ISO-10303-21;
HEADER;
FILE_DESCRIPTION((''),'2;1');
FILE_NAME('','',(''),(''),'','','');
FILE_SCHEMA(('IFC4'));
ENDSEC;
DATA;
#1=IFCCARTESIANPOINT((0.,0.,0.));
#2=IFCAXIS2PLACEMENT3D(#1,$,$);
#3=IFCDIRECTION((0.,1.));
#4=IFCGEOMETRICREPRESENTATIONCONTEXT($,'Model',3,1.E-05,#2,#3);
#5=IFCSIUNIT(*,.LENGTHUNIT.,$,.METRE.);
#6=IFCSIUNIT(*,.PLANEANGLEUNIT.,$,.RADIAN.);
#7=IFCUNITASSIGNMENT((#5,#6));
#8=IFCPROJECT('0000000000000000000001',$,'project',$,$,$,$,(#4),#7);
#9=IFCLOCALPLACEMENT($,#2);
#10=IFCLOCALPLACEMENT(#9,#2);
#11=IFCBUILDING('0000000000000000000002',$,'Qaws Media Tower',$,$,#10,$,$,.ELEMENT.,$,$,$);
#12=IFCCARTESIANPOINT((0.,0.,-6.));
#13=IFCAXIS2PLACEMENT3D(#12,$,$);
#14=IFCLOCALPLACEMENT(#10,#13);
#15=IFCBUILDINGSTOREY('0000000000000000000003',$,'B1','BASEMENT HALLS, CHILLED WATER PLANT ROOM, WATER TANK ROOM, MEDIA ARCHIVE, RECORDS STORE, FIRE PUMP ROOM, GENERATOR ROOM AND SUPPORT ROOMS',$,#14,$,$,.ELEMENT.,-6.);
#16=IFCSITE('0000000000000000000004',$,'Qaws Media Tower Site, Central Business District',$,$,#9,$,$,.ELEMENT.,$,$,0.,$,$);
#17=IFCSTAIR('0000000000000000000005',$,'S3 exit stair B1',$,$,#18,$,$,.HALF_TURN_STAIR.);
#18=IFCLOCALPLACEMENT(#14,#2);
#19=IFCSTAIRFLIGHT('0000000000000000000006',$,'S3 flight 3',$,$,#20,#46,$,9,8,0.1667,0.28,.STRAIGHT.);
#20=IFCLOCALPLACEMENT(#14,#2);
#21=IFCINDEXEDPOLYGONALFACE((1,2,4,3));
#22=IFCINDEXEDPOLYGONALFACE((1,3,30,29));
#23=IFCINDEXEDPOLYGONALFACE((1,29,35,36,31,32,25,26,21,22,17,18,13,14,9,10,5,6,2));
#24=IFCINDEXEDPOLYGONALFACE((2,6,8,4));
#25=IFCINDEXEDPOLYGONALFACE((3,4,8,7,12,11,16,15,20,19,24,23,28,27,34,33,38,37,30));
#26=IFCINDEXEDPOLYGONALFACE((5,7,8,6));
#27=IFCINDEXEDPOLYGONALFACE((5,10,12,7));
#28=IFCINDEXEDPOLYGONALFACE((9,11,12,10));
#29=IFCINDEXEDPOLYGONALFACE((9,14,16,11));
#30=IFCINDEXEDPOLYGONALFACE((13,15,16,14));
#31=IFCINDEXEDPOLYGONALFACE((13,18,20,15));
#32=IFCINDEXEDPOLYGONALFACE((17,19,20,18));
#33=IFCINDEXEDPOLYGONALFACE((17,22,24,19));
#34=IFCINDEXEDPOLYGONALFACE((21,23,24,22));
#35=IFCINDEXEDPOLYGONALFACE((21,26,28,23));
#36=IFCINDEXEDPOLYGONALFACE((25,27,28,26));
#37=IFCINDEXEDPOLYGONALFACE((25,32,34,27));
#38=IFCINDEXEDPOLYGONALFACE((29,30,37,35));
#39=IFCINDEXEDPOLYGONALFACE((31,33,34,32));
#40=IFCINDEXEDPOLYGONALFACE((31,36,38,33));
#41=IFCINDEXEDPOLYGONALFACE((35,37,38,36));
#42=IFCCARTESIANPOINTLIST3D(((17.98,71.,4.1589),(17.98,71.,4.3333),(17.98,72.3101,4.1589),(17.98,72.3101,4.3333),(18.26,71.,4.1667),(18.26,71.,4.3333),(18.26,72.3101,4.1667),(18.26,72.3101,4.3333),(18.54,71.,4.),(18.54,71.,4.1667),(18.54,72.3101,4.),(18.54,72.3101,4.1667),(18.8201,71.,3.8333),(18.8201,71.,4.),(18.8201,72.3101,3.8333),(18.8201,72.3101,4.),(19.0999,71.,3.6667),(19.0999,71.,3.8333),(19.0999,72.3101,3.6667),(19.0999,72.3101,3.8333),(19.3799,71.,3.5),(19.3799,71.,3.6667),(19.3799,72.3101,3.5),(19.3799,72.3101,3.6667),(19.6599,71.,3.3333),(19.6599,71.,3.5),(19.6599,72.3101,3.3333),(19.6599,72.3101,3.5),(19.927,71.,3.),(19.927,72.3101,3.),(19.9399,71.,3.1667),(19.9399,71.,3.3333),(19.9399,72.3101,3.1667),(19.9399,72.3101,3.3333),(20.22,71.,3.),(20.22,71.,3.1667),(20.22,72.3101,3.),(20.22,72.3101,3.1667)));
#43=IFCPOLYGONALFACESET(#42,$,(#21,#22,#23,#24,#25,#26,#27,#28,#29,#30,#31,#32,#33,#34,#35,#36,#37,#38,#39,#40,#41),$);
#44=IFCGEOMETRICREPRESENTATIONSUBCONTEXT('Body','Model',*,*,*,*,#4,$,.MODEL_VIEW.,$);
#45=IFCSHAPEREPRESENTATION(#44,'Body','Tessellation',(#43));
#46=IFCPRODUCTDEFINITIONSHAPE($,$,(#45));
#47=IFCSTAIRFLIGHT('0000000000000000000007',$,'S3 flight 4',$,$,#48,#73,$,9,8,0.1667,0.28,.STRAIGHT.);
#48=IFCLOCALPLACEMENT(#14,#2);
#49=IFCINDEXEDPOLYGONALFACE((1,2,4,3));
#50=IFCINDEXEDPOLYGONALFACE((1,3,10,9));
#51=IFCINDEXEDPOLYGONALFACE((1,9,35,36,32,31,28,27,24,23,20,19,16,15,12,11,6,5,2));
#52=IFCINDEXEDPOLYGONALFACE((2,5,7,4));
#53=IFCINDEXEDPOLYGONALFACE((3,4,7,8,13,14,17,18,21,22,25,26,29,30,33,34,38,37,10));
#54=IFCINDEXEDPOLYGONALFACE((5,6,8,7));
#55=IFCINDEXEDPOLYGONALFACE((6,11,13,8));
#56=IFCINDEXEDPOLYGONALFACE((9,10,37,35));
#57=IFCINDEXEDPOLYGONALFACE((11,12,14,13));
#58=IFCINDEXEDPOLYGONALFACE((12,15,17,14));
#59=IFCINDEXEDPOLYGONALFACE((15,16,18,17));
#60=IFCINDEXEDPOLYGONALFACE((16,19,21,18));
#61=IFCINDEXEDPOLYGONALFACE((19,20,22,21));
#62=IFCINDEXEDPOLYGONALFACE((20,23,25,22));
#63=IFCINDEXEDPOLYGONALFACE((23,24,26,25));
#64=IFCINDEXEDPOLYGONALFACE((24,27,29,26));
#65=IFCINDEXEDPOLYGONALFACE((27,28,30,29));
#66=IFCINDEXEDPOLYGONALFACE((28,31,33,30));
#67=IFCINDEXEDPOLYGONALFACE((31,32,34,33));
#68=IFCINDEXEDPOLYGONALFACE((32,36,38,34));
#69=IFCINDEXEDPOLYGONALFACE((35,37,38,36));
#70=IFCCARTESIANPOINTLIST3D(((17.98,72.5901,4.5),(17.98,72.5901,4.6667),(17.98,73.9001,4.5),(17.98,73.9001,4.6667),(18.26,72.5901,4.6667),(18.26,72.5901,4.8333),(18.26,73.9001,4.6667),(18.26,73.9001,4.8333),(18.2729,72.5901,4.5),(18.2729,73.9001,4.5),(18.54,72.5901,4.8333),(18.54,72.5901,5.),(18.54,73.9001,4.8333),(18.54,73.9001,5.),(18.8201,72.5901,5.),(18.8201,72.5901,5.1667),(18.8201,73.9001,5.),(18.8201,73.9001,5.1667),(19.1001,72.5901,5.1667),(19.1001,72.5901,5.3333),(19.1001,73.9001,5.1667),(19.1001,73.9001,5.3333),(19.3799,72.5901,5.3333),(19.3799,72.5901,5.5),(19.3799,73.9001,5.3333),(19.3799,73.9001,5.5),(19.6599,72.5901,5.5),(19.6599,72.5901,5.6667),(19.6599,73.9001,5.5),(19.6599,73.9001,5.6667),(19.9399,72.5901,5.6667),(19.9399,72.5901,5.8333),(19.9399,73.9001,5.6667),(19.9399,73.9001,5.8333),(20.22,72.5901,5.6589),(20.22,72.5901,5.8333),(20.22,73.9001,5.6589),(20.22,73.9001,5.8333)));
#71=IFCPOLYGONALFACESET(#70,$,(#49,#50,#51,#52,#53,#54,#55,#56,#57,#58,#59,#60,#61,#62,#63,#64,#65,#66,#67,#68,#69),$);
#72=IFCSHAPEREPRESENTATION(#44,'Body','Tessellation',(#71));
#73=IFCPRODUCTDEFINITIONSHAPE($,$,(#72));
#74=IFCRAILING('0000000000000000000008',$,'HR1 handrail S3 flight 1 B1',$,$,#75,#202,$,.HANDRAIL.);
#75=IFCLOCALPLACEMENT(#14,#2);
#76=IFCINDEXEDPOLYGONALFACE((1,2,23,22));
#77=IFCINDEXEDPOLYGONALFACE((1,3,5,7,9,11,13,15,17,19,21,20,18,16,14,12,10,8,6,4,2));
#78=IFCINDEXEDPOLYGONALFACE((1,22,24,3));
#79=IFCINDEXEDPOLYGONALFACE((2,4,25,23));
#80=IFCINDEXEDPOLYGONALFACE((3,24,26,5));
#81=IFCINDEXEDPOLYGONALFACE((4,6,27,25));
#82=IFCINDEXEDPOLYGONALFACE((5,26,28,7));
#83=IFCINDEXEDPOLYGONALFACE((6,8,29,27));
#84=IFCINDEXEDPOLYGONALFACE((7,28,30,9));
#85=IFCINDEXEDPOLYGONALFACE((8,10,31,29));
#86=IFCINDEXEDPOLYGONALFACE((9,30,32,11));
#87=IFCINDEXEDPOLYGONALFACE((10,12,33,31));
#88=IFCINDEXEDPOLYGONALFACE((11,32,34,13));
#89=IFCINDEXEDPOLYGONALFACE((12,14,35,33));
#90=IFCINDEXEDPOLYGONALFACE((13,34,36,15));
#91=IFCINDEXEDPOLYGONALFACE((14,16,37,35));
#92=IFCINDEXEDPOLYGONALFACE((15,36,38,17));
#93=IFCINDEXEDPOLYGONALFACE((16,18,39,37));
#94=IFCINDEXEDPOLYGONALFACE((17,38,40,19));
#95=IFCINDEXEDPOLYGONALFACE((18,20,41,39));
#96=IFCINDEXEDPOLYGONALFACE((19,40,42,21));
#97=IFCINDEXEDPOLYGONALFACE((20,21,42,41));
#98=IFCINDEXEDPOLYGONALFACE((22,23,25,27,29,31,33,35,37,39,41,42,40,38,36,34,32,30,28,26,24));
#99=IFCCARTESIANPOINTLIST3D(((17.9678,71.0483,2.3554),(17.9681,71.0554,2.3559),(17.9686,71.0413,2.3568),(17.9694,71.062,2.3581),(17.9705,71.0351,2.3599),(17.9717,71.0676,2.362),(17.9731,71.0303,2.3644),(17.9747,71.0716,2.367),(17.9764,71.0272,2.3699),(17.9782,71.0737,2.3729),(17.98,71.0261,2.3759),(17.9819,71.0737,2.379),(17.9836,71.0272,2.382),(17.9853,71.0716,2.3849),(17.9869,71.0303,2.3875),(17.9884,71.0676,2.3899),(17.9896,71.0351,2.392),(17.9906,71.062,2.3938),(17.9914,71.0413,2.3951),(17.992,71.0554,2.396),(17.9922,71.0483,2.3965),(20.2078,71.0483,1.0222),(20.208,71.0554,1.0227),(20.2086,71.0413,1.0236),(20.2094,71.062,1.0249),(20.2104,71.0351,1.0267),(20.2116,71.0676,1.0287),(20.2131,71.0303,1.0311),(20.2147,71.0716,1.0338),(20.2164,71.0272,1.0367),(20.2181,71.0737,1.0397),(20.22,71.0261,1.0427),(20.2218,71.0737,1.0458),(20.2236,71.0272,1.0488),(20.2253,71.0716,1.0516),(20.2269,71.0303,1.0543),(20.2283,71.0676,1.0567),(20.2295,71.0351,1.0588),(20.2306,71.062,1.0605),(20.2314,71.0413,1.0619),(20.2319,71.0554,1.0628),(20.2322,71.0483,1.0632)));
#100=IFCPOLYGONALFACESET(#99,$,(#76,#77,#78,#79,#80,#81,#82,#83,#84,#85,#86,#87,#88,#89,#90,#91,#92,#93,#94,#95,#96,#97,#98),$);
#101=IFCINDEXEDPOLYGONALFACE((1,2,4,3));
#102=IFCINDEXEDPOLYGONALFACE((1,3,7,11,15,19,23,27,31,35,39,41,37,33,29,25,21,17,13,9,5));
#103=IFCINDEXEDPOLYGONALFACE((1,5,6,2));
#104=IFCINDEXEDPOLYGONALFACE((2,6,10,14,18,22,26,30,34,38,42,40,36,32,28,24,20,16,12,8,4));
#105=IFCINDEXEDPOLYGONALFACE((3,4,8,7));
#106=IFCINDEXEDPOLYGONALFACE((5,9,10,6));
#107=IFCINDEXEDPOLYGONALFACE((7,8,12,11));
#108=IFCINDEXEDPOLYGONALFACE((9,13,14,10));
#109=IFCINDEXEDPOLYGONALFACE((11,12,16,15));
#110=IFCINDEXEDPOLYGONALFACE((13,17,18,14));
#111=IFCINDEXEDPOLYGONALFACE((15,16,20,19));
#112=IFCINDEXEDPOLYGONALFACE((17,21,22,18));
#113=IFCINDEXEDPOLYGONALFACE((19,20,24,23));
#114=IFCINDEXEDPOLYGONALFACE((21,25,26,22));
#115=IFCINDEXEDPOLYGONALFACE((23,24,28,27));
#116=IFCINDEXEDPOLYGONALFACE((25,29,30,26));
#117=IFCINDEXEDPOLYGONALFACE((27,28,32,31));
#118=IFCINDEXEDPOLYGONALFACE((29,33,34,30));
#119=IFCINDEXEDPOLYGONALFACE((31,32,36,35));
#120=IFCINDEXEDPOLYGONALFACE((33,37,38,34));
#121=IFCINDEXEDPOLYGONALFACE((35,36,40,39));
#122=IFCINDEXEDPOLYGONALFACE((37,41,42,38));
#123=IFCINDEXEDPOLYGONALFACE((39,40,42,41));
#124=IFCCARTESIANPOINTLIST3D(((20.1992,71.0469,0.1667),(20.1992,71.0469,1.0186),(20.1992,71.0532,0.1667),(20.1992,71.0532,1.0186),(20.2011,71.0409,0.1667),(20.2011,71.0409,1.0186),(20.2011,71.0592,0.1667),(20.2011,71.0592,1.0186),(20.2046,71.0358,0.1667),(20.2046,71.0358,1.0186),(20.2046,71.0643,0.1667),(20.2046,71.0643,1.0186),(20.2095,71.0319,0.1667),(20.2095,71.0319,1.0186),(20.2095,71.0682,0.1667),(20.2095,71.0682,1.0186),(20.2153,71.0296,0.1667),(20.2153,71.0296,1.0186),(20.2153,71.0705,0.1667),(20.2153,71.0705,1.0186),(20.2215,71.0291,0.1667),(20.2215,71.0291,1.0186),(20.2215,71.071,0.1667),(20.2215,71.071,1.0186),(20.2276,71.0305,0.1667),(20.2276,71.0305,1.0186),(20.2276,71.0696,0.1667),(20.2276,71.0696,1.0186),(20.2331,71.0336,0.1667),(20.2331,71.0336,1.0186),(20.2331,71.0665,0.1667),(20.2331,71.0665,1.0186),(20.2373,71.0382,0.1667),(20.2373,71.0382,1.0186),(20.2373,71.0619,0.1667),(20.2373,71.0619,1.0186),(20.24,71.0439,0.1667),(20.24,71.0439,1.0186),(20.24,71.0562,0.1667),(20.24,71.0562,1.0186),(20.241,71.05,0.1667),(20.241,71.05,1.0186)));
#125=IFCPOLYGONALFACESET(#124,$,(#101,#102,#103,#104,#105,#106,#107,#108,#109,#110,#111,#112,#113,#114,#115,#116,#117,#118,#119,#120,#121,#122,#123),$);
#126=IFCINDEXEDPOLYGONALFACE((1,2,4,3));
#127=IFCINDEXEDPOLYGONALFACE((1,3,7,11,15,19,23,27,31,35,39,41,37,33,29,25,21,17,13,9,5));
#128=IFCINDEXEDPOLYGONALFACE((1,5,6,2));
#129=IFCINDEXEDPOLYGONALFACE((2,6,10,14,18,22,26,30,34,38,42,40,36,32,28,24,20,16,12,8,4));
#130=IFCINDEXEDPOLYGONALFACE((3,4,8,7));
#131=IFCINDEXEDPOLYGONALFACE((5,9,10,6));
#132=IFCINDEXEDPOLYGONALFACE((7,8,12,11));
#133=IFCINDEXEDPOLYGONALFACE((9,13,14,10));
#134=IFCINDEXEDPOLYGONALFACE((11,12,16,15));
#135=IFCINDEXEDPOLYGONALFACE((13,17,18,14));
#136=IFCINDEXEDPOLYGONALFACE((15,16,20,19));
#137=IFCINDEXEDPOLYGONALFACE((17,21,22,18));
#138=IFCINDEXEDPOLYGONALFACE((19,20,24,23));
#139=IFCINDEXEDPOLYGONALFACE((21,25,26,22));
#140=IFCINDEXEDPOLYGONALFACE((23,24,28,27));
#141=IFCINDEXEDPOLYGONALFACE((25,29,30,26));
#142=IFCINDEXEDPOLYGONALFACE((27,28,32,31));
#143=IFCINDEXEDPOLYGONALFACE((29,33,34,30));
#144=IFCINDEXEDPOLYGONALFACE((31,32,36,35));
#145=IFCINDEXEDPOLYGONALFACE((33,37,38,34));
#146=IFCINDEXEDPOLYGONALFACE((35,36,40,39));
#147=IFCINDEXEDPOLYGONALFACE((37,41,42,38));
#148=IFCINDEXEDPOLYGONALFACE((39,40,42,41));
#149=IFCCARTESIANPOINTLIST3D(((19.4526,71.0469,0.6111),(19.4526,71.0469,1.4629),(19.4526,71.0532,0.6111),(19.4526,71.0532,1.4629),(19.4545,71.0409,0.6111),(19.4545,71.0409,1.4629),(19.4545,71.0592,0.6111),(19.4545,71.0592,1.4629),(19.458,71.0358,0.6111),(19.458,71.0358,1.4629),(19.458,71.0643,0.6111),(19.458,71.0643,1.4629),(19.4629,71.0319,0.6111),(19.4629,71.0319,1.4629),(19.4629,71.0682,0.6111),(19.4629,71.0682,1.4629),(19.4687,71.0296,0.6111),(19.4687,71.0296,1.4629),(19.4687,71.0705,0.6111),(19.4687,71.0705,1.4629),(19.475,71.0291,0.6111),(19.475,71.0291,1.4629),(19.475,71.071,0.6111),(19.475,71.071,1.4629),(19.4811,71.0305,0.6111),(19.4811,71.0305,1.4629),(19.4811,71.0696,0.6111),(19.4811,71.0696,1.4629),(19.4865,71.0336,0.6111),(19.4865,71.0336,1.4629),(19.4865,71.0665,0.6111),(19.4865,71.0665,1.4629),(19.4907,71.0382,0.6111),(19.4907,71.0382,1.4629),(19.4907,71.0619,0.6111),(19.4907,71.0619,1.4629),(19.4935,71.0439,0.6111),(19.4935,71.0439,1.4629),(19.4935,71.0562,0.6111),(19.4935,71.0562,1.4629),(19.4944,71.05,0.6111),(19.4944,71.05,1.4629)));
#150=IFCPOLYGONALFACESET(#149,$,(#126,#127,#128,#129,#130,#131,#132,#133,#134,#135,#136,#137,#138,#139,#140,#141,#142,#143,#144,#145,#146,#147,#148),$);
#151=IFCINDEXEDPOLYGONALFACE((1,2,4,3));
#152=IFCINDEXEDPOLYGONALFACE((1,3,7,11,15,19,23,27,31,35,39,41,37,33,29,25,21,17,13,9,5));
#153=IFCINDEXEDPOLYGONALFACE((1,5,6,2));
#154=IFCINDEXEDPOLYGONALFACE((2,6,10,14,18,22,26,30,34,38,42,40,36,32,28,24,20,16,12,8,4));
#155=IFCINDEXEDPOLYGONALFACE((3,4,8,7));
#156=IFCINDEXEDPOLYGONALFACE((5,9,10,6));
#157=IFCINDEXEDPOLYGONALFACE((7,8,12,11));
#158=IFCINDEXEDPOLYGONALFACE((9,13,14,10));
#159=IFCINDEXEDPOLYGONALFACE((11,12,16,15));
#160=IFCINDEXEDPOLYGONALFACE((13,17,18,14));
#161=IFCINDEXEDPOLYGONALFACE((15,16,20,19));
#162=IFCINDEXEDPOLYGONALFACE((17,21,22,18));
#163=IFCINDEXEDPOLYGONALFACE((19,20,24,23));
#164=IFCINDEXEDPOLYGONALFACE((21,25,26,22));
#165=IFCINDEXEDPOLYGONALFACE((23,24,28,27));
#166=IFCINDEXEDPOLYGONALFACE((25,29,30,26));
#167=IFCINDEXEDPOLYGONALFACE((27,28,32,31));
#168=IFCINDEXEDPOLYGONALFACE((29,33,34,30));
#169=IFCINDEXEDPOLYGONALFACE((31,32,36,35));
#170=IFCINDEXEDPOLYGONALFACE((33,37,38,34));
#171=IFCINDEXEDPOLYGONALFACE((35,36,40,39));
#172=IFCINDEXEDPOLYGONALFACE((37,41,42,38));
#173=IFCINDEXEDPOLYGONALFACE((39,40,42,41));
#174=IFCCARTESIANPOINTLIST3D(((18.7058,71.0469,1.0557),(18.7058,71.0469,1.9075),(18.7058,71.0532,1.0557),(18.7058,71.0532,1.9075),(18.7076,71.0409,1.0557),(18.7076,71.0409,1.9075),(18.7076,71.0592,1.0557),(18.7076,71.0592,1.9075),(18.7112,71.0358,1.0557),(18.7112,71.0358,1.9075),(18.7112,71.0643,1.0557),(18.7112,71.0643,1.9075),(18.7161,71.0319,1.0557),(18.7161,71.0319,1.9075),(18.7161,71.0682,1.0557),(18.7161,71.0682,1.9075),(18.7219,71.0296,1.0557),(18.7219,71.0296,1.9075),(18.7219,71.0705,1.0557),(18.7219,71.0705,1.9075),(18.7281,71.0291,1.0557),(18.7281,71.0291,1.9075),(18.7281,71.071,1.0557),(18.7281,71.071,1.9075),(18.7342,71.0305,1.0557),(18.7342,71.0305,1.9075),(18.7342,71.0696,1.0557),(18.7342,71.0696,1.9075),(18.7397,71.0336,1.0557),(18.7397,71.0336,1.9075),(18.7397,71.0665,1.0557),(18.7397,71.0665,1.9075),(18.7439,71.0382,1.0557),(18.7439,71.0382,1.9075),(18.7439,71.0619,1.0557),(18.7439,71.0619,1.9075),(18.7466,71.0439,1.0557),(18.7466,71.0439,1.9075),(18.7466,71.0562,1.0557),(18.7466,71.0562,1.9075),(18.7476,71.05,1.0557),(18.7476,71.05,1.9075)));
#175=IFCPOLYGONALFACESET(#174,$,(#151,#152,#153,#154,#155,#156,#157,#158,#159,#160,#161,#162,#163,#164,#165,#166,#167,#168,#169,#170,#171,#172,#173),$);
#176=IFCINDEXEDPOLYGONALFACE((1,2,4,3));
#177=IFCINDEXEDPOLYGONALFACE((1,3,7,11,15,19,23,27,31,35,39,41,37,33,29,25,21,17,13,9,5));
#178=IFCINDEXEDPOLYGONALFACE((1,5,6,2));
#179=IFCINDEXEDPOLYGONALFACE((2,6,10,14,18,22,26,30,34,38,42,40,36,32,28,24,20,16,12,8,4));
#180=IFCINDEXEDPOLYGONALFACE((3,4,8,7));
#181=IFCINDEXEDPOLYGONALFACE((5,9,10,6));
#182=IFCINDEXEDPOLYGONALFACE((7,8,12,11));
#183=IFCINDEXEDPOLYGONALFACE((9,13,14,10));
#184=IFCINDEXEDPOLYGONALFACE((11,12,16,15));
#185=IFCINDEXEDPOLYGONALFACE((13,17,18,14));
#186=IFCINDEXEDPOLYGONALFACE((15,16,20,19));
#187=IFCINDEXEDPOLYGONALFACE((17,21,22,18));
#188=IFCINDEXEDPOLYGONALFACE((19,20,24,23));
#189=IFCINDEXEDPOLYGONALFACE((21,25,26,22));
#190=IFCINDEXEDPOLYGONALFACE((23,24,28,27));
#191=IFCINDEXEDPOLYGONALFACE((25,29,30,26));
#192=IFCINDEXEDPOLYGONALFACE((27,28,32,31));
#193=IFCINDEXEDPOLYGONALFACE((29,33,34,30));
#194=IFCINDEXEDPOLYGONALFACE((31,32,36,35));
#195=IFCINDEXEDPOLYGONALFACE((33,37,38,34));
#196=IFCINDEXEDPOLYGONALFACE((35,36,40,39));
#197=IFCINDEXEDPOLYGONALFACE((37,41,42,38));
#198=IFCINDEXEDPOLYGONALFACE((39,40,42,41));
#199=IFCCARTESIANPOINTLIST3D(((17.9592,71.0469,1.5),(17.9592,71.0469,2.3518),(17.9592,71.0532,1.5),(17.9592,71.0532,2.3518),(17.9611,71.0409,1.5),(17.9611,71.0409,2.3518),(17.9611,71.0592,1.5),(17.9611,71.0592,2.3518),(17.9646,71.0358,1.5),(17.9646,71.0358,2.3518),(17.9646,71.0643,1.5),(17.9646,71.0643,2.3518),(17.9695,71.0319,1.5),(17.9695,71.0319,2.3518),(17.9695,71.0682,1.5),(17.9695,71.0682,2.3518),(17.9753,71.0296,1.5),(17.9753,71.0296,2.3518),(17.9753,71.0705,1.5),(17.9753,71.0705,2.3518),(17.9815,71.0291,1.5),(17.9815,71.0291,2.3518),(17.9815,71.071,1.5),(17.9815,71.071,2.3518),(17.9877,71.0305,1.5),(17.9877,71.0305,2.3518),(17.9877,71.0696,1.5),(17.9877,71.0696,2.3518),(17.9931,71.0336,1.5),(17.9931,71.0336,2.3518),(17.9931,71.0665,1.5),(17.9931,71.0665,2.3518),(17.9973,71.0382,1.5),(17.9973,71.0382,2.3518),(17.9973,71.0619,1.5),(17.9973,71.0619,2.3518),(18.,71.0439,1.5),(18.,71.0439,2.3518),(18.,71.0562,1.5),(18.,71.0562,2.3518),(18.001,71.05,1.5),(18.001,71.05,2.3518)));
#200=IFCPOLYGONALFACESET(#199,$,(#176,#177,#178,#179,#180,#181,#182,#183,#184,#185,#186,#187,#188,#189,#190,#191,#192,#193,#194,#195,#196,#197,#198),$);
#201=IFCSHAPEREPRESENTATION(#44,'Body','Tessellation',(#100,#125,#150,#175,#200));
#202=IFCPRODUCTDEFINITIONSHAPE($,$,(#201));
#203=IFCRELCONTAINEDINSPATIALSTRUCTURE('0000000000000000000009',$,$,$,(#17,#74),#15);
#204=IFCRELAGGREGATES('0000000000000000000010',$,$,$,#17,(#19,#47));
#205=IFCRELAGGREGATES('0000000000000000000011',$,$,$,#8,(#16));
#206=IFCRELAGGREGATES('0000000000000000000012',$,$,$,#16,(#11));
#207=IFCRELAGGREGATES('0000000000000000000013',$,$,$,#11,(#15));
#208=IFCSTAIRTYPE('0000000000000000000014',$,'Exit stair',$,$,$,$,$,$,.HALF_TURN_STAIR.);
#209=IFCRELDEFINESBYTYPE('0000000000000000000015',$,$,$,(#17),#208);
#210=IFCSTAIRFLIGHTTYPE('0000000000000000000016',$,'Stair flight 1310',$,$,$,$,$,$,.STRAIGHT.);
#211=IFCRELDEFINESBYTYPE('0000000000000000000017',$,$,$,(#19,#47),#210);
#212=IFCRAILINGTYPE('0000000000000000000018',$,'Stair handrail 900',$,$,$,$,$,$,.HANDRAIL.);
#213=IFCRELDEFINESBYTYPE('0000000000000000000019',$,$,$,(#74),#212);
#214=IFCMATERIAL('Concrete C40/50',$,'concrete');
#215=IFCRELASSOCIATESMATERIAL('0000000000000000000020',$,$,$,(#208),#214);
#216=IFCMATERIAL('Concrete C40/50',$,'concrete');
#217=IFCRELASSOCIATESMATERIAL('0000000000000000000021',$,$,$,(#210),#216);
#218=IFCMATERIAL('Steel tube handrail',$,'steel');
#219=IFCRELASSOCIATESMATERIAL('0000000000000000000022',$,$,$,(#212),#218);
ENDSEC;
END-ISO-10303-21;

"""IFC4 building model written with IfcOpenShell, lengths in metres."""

from ifc_helpers import new_model, si_unit, direction, frame, origin, origin_2d, place, context, subcontext, project, spatial, polyline, circle, outline, extrude, material, type_object, element, aggregate, save


model = new_model("IFC4")

# Units and contexts
model_context = context("Model", 3, precision=1e-05, world=origin(), true_north=direction((0.0, 1.0)))
body_context = subcontext(model_context, "Body", "Model", "MODEL_VIEW")
ifc_project = project(units=[si_unit("LENGTHUNIT", "METRE"), si_unit("PLANEANGLEUNIT", "RADIAN")], contexts=[model_context])

# Site, building, storey
site_placement = place(None, origin())
site = spatial("IfcSite", under=ifc_project, at=site_placement, Name="Qaws Media Tower Site, Central Business District", CompositionType="ELEMENT", RefElevation=0.0)
building_placement = place(site_placement, origin())
building = spatial("IfcBuilding", under=site, at=building_placement, Name="Qaws Media Tower", CompositionType="ELEMENT")
storey_placement = place(building_placement, frame((0.0, 0.0, -6.0)))
storey = spatial("IfcBuildingStorey", under=building, at=storey_placement, Name="B1", Description="BASEMENT HALLS, CHILLED WATER PLANT ROOM, WATER TANK ROOM, MEDIA ARCHIVE, RECORDS STORE, FIRE PUMP ROOM, GENERATOR ROOM AND SUPPORT ROOMS", CompositionType="ELEMENT", Elevation=-6.0)

# Stair, stair flights
ifc_material_1 = material(Name="Concrete C40/50", Category="concrete")
stair_type = type_object("IfcStairType", Name="Exit stair", PredefinedType="HALF_TURN_STAIR", material=ifc_material_1)
stair_placement = place(storey_placement, origin())
stair = element("IfcStair", 1, at=stair_placement, inside=storey, type_object=stair_type, Name="S3 exit stair B1", PredefinedType="HALF_TURN_STAIR")
ifc_material_2 = material(Name="Concrete C40/50", Category="concrete")
stair_flight_type = type_object("IfcStairFlightType", Name="Stair flight 1310", PredefinedType="STRAIGHT", material=ifc_material_2)
stair_flight_1_placement = place(storey_placement, frame((20.22, 71.655, 3.0), z_axis=(0.0, 0.0, 1.0), x_axis=(-1.0, 0.0, 0.0)))
stair_flight_1 = element("IfcStairFlight", 2, at=stair_flight_1_placement, type_object=stair_flight_type, Name="S3 flight 3", NumberOfRisers=9, NumberOfTreads=8, PredefinedType="STRAIGHT", RiserHeight=0.1667, TreadLength=0.28, context=body_context, shape_type="SweptSolid", body=[
    extrude(outline(polyline([(0.0, 0.0), (0.0, 0.1667), (0.28, 0.1667), (0.28, 0.3333), (0.5601, 0.3333), (0.5601, 0.5), (0.8401, 0.5), (0.8401, 0.6667), (1.1201, 0.6667), (1.1201, 0.8333), (1.3999, 0.8333), (1.3999, 1.0), (1.6799, 1.0), (1.6799, 1.1667), (1.96, 1.1667), (1.96, 1.3333), (2.24, 1.3333), (2.24, 1.5), (2.24, 1.1589), (0.293, 0.0), (0.0, 0.0)])), frame((0.0, 0.655, 0.0), z_axis=(0.0, -1.0, 0.0), x_axis=(1.0, 0.0, 0.0)), (0.0, 0.0, 1.0), 1.3101),
])
stair_flight_2_placement = place(storey_placement, frame((17.98, 73.2451, 4.5), z_axis=(0.0, 0.0, 1.0), x_axis=(1.0, 0.0, 0.0)))
stair_flight_2 = element("IfcStairFlight", 3, at=stair_flight_2_placement, type_object=stair_flight_type, Name="S3 flight 4", NumberOfRisers=9, NumberOfTreads=8, PredefinedType="STRAIGHT", RiserHeight=0.1667, TreadLength=0.28, context=body_context, shape_type="SweptSolid", body=[
    extrude(outline(polyline([(0.0, 0.0), (0.0, 0.1667), (0.28, 0.1667), (0.28, 0.3333), (0.5601, 0.3333), (0.5601, 0.5), (0.8401, 0.5), (0.8401, 0.6667), (1.1201, 0.6667), (1.1201, 0.8333), (1.3999, 0.8333), (1.3999, 1.0), (1.6799, 1.0), (1.6799, 1.1667), (1.96, 1.1667), (1.96, 1.3333), (2.24, 1.3333), (2.24, 1.5), (2.24, 1.1589), (0.293, 0.0), (0.0, 0.0)])), frame((0.0, 0.655, 0.0), z_axis=(0.0, -1.0, 0.0), x_axis=(1.0, 0.0, 0.0)), (0.0, 0.0, 1.0), 1.3101),
])
aggregate(stair, [stair_flight_1, stair_flight_2])

# Railing
ifc_material_3 = material(Name="Steel tube handrail", Category="steel")
railing_type = type_object("IfcRailingType", Name="Stair handrail 900", PredefinedType="HANDRAIL", material=ifc_material_3)
for number, where, name in (
    (4, (20.22, 71.05, 0.1667), "HR1 handrail S3 flight 1 B1"),
):
    element("IfcRailing", number, at=place(storey_placement, frame(where)), inside=storey, type_object=railing_type, Name=name, PredefinedType="HANDRAIL", context=body_context, shape_type="SweptSolid", body=[
        extrude(circle(Radius=0.0239, at=origin_2d()), frame((0.0, 0.0, 0.876), z_axis=(-0.859306, 0.0, 0.511462), x_axis=(0.0, -1.0, 0.0)), (0.0, 0.0, 1.0), 2.6067),
        extrude(circle(Radius=0.021, at=origin_2d()), origin(), (0.0, 0.0, 1.0), 0.8518),
        extrude(circle(Radius=0.021, at=origin_2d()), frame((-0.7466, 0.0, 0.4443)), (0.0, 0.0, 1.0), 0.8518),
        extrude(circle(Radius=0.021, at=origin_2d()), frame((-1.4934, 0.0, 0.8889)), (0.0, 0.0, 1.0), 0.8518),
        extrude(circle(Radius=0.021, at=origin_2d()), frame((-2.24, 0.0, 1.3333)), (0.0, 0.0, 1.0), 0.8518),
    ])

save(model, "model.ifc")
